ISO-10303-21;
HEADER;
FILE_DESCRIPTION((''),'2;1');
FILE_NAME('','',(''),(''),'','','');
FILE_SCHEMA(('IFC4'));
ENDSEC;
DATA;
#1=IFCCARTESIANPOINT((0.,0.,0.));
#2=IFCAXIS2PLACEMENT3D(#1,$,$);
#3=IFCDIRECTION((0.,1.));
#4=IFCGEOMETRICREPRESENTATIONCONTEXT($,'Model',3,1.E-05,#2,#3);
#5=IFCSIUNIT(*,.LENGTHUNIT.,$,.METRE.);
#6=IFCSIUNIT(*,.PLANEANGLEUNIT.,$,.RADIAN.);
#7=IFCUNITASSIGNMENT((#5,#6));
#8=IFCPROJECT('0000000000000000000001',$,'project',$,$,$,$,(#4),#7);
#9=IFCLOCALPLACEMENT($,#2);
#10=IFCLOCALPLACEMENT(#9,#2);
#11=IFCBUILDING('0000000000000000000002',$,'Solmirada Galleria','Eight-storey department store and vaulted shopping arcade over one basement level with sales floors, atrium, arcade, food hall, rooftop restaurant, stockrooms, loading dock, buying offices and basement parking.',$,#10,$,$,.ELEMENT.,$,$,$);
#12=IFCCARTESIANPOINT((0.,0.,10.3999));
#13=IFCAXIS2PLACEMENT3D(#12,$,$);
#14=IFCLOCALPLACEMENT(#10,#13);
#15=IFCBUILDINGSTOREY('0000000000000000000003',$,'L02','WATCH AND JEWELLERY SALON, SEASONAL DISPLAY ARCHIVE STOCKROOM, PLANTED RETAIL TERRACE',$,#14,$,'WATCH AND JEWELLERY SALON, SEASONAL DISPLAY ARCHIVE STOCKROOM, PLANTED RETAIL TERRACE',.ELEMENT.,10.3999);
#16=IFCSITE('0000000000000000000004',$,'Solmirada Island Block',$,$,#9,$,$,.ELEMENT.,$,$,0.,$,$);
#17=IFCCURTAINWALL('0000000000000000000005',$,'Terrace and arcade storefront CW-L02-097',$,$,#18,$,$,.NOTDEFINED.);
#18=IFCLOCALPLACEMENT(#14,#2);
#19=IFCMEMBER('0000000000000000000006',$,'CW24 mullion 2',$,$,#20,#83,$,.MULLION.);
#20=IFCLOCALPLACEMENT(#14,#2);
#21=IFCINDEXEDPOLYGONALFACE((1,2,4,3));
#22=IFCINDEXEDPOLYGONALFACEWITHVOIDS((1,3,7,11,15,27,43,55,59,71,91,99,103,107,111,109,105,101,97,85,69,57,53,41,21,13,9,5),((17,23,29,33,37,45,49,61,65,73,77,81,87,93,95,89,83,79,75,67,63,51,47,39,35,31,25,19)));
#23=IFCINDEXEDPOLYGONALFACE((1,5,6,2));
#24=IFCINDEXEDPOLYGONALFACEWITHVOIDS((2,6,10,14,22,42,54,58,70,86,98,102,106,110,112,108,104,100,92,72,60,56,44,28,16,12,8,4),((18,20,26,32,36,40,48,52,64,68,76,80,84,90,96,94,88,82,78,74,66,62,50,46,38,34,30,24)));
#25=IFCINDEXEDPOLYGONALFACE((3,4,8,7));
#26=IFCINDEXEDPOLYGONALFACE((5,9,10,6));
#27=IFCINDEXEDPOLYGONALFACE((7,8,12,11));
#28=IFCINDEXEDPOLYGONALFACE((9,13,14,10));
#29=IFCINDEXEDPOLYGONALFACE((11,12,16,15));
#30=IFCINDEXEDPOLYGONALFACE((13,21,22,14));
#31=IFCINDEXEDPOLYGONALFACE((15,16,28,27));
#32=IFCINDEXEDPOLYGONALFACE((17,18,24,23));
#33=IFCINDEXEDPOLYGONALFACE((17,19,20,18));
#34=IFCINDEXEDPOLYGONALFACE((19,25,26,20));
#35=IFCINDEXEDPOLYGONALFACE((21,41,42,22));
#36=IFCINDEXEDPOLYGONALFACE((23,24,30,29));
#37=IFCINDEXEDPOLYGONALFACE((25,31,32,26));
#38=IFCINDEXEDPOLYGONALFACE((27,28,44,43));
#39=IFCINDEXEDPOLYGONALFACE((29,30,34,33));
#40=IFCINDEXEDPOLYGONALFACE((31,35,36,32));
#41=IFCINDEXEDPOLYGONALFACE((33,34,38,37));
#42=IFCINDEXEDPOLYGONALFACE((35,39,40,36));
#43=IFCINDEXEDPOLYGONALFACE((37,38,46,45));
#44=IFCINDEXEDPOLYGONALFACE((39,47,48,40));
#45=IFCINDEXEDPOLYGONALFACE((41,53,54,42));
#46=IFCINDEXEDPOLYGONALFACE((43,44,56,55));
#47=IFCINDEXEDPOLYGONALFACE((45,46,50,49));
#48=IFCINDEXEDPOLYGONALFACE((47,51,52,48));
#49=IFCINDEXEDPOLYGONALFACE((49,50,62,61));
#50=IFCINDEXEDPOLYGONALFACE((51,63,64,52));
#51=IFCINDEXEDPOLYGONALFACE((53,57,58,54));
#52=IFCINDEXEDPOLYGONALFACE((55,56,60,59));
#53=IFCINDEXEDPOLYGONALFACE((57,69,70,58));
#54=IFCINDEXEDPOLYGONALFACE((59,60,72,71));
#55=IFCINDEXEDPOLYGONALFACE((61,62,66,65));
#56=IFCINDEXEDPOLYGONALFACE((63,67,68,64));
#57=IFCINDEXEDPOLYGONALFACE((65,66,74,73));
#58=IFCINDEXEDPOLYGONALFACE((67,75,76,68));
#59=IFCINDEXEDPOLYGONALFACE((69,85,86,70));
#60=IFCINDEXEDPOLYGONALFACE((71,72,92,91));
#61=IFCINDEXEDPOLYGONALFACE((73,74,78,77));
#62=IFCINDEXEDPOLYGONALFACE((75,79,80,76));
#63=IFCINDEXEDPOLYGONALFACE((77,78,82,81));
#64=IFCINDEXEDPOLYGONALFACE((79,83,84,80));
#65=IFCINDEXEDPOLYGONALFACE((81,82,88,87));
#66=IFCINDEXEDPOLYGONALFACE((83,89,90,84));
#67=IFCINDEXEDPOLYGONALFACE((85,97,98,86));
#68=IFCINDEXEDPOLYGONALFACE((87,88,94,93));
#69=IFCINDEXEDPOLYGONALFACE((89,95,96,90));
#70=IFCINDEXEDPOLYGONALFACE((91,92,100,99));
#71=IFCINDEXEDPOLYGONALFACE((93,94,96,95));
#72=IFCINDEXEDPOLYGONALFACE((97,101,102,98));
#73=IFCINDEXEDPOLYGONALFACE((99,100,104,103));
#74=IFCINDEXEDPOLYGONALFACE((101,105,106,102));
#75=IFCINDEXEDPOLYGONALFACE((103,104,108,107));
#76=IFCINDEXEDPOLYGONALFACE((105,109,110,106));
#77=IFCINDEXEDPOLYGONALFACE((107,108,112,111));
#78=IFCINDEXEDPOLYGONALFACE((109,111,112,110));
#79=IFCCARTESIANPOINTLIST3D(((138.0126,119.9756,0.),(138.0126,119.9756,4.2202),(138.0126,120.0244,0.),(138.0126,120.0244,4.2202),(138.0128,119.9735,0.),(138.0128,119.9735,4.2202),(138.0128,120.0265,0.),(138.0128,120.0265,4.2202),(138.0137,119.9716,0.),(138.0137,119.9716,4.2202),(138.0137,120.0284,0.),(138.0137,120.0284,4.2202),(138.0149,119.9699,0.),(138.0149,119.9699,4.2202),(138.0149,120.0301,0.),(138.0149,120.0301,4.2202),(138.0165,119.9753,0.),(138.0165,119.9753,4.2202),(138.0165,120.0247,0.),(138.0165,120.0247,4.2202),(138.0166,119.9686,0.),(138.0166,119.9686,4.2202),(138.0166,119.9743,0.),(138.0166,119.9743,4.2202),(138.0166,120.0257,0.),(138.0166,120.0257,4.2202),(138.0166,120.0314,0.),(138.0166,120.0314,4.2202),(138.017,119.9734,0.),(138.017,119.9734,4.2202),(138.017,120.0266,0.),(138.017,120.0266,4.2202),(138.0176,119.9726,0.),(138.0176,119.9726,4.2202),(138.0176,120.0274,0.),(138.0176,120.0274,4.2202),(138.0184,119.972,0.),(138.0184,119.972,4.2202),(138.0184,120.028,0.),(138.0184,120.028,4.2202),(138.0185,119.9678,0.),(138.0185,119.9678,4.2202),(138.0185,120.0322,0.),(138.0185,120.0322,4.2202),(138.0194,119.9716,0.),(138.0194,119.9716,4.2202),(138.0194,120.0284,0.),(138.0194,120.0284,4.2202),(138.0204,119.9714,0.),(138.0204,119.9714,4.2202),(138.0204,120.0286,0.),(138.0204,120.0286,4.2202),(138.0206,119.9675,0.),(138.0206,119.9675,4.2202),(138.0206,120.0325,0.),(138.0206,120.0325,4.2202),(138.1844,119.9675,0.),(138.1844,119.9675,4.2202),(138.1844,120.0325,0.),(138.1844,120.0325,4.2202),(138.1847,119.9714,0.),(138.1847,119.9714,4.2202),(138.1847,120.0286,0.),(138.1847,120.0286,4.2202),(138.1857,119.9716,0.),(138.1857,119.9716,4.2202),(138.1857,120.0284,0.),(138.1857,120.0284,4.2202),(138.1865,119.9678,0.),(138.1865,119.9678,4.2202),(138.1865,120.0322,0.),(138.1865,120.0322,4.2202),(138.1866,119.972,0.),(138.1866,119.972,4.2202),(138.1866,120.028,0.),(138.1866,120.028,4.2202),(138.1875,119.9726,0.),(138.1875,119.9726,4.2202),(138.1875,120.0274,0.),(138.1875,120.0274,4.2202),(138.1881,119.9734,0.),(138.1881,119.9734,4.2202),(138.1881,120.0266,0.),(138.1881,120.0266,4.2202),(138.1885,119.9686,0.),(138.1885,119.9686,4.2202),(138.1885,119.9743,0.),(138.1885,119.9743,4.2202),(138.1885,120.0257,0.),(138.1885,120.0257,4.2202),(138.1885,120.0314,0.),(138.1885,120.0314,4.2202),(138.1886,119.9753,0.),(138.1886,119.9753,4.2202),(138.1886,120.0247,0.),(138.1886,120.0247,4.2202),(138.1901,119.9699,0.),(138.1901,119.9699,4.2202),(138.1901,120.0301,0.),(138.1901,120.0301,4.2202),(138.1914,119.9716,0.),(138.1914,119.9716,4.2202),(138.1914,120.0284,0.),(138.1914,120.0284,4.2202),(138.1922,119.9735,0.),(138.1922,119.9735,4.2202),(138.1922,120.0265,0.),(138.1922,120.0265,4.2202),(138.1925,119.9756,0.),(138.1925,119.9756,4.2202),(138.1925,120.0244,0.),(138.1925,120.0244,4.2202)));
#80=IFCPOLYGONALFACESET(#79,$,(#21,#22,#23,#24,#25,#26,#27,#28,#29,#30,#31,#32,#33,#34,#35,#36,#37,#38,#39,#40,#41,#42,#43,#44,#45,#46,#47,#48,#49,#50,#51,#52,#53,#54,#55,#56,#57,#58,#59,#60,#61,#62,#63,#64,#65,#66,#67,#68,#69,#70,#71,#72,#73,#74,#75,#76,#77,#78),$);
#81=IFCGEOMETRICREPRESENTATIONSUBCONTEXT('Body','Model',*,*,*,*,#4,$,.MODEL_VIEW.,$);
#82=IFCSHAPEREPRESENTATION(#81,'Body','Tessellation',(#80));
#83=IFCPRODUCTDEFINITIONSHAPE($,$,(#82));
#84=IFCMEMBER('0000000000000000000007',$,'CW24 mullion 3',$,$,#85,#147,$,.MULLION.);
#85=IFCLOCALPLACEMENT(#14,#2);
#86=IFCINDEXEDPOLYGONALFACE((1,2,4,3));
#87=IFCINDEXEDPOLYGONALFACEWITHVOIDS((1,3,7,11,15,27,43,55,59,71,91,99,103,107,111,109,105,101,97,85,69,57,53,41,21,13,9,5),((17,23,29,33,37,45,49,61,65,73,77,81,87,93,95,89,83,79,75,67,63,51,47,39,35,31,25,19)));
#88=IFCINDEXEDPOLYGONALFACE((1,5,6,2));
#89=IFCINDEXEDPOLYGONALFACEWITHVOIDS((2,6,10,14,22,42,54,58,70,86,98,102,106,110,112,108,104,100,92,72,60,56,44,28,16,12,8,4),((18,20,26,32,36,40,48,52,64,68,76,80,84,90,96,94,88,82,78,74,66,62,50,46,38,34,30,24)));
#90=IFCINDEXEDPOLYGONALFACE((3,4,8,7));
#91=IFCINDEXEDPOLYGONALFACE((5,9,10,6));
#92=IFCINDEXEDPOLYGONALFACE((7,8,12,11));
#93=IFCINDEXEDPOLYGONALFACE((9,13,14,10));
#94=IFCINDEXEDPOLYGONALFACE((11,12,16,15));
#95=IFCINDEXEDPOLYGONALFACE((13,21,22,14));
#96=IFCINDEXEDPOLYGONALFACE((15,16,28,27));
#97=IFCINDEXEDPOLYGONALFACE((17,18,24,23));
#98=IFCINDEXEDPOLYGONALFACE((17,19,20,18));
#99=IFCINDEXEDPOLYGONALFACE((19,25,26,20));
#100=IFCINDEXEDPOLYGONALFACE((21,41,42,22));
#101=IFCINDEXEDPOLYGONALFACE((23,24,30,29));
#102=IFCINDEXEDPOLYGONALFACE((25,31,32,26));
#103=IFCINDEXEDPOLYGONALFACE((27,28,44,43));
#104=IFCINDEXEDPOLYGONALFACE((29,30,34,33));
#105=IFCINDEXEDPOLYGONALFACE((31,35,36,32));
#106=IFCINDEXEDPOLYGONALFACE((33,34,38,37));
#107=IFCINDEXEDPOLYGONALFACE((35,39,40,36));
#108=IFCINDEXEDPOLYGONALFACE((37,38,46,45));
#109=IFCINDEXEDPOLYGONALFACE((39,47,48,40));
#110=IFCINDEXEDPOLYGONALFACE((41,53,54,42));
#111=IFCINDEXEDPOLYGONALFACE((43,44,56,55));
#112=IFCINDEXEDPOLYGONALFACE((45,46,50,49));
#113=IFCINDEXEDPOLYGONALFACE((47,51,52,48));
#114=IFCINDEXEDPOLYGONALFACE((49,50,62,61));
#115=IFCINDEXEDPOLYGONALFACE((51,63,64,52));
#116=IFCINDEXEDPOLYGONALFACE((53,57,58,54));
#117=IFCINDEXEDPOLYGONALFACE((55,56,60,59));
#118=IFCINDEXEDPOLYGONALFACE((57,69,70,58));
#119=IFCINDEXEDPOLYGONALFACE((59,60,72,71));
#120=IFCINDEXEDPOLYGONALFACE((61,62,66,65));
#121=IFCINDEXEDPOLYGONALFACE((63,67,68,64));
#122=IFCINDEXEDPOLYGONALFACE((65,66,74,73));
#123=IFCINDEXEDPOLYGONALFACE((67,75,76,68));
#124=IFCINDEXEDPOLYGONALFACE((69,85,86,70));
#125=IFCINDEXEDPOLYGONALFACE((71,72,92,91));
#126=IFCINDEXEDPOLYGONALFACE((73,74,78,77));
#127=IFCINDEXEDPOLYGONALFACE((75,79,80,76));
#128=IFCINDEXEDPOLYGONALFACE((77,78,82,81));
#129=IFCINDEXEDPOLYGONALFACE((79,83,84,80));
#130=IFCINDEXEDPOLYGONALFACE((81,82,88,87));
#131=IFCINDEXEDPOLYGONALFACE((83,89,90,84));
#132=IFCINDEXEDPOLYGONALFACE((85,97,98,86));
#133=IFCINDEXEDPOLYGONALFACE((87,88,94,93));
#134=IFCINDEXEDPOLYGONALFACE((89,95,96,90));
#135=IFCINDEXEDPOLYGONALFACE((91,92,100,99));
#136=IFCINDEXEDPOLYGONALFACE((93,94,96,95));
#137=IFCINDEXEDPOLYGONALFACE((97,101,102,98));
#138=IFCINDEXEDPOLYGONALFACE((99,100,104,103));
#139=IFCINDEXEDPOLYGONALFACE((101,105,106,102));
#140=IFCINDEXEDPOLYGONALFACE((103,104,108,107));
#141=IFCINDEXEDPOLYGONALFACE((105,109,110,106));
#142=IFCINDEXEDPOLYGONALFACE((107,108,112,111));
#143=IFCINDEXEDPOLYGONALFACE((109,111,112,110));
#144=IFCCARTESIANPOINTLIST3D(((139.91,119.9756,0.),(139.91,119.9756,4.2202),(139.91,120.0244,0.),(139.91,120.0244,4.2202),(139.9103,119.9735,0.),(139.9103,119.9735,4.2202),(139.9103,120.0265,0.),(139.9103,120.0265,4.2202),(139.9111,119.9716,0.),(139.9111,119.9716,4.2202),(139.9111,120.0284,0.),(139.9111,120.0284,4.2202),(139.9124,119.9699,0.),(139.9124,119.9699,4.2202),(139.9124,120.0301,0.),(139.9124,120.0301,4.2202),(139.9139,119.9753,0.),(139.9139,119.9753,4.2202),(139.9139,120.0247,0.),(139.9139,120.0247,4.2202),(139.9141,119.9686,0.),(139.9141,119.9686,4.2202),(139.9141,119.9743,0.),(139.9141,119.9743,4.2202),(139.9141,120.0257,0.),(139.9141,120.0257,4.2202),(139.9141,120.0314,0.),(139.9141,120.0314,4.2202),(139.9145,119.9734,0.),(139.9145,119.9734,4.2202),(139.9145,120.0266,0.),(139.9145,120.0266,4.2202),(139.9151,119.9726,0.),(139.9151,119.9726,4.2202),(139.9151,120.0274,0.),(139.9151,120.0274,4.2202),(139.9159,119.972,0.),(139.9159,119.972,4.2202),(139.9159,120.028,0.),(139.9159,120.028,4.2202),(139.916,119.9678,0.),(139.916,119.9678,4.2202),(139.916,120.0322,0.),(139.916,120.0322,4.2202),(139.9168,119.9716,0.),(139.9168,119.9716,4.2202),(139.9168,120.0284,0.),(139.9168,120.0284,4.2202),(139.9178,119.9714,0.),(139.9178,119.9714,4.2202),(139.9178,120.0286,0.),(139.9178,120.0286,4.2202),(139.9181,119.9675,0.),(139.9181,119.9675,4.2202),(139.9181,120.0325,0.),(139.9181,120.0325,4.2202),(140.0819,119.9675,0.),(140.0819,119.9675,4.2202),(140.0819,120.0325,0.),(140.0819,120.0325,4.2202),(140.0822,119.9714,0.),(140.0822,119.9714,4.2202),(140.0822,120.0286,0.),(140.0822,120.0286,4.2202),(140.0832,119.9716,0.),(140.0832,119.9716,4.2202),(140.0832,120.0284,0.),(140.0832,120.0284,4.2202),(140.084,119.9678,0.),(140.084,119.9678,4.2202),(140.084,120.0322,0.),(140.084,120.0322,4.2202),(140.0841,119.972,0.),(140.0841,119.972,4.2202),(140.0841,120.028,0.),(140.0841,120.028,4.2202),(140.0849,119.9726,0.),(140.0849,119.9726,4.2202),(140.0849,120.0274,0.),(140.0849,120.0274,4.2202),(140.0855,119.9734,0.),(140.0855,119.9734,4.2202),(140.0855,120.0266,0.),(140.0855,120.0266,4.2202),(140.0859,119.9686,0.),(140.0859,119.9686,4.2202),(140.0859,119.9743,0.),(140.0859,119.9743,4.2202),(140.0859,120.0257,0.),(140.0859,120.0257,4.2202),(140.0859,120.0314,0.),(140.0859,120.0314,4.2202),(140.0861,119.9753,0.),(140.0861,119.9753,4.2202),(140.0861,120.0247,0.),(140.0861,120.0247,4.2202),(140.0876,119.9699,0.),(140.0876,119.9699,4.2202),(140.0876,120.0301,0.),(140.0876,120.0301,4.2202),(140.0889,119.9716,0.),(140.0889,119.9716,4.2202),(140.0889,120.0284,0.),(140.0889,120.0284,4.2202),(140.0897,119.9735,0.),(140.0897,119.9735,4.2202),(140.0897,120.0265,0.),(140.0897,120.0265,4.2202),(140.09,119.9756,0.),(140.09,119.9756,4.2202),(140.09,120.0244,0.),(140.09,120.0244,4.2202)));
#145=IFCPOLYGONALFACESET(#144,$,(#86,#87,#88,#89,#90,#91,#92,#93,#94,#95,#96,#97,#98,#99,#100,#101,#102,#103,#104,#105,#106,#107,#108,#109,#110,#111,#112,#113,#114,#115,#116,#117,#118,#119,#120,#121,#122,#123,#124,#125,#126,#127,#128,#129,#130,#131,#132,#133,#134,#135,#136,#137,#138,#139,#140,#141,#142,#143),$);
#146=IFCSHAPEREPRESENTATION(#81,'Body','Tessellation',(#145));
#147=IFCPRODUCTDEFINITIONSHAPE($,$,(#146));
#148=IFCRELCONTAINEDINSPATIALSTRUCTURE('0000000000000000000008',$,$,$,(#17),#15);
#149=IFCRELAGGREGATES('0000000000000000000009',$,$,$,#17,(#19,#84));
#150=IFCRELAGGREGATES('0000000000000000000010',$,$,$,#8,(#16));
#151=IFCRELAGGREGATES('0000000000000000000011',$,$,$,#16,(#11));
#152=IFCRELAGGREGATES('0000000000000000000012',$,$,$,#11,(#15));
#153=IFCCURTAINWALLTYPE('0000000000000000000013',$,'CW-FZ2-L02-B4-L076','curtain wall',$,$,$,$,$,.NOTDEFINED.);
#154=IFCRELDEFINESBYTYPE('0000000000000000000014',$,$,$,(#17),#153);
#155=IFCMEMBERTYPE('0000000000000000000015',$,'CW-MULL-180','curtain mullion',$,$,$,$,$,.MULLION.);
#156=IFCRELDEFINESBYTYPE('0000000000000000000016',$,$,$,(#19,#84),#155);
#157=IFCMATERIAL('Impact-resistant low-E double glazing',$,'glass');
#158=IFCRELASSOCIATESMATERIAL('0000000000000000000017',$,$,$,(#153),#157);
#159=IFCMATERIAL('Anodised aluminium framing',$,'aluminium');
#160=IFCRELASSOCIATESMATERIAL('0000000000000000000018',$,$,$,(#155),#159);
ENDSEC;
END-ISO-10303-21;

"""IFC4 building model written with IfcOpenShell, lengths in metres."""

from ifc_helpers import new_model, si_unit, direction, frame, origin, origin_2d, place, context, subcontext, project, spatial, hollow_rectangle, extrude, material, material_profile, profile_set, type_object, element, aggregate, save


model = new_model("IFC4")

# Units and contexts
model_context = context("Model", 3, precision=1e-05, world=origin(), true_north=direction((0.0, 1.0)))
body_context = subcontext(model_context, "Body", "Model", "MODEL_VIEW")
ifc_project = project(units=[si_unit("LENGTHUNIT", "METRE"), si_unit("PLANEANGLEUNIT", "RADIAN")], contexts=[model_context])

# Site, building, storey
site_placement = place(None, origin())
site = spatial("IfcSite", under=ifc_project, at=site_placement, Name="Solmirada Island Block", CompositionType="ELEMENT", RefElevation=0.0)
building_placement = place(site_placement, origin())
building = spatial("IfcBuilding", under=site, at=building_placement, Name="Solmirada Galleria", Description="Eight-storey department store and vaulted shopping arcade over one basement level with sales floors, atrium, arcade, food hall, rooftop restaurant, stockrooms, loading dock, buying offices and basement parking.", CompositionType="ELEMENT")
storey_placement = place(building_placement, frame((0.0, 0.0, 10.3999)))
storey = spatial("IfcBuildingStorey", under=building, at=storey_placement, Name="L02", Description="WATCH AND JEWELLERY SALON, SEASONAL DISPLAY ARCHIVE STOCKROOM, PLANTED RETAIL TERRACE", LongName="WATCH AND JEWELLERY SALON, SEASONAL DISPLAY ARCHIVE STOCKROOM, PLANTED RETAIL TERRACE", CompositionType="ELEMENT", Elevation=10.3999)

# Shared definitions
ifc_material_1 = material(Name="Impact-resistant low-E double glazing", Category="glass")
curtain_wall_type = type_object("IfcCurtainWallType", Name="CW-FZ2-L02-B4-L076", Description="curtain wall", PredefinedType="NOTDEFINED", material=ifc_material_1)
ifc_material_2 = material(Name="Anodised aluminium framing", Category="aluminium")
ifc_material_profile_1 = material_profile(ifc_material_2, hollow_rectangle(XDim=0.0649, YDim=0.1799, WallThickness=0.0039, InnerFilletRadius=0.0039, OuterFilletRadius=0.0081, at=origin_2d()), Name="ALU-MULL-180X65")
ifc_profile_set_1 = profile_set([ifc_material_profile_1], Name="Anodised aluminium framing")
member_type_1 = type_object("IfcMemberType", Name="CW-MULL-180", Description="curtain mullion", PredefinedType="MULLION", material=ifc_profile_set_1)

# Curtain wall, members
curtain_wall_1_placement = place(storey_placement, origin())
curtain_wall_1 = element("IfcCurtainWall", 1, at=curtain_wall_1_placement, inside=storey, type_object=curtain_wall_type, Name="Terrace and arcade storefront CW-L02-097", PredefinedType="NOTDEFINED")
member_1_placement = place(storey_placement, frame((138.1025, 120.0, 0.0), z_axis=(0.0, 0.0, 1.0), x_axis=(0.0, 1.0, 0.0)))
member_1 = element("IfcMember", 2, at=member_1_placement, type_object=member_type_1, Name="CW24 mullion 2", PredefinedType="MULLION", context=body_context, shape_type="SweptSolid", body=[
    extrude(hollow_rectangle(XDim=0.0649, YDim=0.1799, WallThickness=0.0039, InnerFilletRadius=0.0039, OuterFilletRadius=0.0081, at=origin_2d()), origin(), (0.0, 0.0, 1.0), 4.2202),
])
member_2_placement = place(storey_placement, frame((140.0, 120.0, 0.0), z_axis=(0.0, 0.0, 1.0), x_axis=(0.0, 1.0, 0.0)))
member_2 = element("IfcMember", 3, at=member_2_placement, type_object=member_type_1, Name="CW24 mullion 3", PredefinedType="MULLION", context=body_context, shape_type="SweptSolid", body=[
    extrude(hollow_rectangle(XDim=0.0649, YDim=0.1799, WallThickness=0.0039, InnerFilletRadius=0.0039, OuterFilletRadius=0.0081, at=origin_2d()), origin(), (0.0, 0.0, 1.0), 4.2202),
])
aggregate(curtain_wall_1, [member_1, member_2])

save(model, "model.ifc")
